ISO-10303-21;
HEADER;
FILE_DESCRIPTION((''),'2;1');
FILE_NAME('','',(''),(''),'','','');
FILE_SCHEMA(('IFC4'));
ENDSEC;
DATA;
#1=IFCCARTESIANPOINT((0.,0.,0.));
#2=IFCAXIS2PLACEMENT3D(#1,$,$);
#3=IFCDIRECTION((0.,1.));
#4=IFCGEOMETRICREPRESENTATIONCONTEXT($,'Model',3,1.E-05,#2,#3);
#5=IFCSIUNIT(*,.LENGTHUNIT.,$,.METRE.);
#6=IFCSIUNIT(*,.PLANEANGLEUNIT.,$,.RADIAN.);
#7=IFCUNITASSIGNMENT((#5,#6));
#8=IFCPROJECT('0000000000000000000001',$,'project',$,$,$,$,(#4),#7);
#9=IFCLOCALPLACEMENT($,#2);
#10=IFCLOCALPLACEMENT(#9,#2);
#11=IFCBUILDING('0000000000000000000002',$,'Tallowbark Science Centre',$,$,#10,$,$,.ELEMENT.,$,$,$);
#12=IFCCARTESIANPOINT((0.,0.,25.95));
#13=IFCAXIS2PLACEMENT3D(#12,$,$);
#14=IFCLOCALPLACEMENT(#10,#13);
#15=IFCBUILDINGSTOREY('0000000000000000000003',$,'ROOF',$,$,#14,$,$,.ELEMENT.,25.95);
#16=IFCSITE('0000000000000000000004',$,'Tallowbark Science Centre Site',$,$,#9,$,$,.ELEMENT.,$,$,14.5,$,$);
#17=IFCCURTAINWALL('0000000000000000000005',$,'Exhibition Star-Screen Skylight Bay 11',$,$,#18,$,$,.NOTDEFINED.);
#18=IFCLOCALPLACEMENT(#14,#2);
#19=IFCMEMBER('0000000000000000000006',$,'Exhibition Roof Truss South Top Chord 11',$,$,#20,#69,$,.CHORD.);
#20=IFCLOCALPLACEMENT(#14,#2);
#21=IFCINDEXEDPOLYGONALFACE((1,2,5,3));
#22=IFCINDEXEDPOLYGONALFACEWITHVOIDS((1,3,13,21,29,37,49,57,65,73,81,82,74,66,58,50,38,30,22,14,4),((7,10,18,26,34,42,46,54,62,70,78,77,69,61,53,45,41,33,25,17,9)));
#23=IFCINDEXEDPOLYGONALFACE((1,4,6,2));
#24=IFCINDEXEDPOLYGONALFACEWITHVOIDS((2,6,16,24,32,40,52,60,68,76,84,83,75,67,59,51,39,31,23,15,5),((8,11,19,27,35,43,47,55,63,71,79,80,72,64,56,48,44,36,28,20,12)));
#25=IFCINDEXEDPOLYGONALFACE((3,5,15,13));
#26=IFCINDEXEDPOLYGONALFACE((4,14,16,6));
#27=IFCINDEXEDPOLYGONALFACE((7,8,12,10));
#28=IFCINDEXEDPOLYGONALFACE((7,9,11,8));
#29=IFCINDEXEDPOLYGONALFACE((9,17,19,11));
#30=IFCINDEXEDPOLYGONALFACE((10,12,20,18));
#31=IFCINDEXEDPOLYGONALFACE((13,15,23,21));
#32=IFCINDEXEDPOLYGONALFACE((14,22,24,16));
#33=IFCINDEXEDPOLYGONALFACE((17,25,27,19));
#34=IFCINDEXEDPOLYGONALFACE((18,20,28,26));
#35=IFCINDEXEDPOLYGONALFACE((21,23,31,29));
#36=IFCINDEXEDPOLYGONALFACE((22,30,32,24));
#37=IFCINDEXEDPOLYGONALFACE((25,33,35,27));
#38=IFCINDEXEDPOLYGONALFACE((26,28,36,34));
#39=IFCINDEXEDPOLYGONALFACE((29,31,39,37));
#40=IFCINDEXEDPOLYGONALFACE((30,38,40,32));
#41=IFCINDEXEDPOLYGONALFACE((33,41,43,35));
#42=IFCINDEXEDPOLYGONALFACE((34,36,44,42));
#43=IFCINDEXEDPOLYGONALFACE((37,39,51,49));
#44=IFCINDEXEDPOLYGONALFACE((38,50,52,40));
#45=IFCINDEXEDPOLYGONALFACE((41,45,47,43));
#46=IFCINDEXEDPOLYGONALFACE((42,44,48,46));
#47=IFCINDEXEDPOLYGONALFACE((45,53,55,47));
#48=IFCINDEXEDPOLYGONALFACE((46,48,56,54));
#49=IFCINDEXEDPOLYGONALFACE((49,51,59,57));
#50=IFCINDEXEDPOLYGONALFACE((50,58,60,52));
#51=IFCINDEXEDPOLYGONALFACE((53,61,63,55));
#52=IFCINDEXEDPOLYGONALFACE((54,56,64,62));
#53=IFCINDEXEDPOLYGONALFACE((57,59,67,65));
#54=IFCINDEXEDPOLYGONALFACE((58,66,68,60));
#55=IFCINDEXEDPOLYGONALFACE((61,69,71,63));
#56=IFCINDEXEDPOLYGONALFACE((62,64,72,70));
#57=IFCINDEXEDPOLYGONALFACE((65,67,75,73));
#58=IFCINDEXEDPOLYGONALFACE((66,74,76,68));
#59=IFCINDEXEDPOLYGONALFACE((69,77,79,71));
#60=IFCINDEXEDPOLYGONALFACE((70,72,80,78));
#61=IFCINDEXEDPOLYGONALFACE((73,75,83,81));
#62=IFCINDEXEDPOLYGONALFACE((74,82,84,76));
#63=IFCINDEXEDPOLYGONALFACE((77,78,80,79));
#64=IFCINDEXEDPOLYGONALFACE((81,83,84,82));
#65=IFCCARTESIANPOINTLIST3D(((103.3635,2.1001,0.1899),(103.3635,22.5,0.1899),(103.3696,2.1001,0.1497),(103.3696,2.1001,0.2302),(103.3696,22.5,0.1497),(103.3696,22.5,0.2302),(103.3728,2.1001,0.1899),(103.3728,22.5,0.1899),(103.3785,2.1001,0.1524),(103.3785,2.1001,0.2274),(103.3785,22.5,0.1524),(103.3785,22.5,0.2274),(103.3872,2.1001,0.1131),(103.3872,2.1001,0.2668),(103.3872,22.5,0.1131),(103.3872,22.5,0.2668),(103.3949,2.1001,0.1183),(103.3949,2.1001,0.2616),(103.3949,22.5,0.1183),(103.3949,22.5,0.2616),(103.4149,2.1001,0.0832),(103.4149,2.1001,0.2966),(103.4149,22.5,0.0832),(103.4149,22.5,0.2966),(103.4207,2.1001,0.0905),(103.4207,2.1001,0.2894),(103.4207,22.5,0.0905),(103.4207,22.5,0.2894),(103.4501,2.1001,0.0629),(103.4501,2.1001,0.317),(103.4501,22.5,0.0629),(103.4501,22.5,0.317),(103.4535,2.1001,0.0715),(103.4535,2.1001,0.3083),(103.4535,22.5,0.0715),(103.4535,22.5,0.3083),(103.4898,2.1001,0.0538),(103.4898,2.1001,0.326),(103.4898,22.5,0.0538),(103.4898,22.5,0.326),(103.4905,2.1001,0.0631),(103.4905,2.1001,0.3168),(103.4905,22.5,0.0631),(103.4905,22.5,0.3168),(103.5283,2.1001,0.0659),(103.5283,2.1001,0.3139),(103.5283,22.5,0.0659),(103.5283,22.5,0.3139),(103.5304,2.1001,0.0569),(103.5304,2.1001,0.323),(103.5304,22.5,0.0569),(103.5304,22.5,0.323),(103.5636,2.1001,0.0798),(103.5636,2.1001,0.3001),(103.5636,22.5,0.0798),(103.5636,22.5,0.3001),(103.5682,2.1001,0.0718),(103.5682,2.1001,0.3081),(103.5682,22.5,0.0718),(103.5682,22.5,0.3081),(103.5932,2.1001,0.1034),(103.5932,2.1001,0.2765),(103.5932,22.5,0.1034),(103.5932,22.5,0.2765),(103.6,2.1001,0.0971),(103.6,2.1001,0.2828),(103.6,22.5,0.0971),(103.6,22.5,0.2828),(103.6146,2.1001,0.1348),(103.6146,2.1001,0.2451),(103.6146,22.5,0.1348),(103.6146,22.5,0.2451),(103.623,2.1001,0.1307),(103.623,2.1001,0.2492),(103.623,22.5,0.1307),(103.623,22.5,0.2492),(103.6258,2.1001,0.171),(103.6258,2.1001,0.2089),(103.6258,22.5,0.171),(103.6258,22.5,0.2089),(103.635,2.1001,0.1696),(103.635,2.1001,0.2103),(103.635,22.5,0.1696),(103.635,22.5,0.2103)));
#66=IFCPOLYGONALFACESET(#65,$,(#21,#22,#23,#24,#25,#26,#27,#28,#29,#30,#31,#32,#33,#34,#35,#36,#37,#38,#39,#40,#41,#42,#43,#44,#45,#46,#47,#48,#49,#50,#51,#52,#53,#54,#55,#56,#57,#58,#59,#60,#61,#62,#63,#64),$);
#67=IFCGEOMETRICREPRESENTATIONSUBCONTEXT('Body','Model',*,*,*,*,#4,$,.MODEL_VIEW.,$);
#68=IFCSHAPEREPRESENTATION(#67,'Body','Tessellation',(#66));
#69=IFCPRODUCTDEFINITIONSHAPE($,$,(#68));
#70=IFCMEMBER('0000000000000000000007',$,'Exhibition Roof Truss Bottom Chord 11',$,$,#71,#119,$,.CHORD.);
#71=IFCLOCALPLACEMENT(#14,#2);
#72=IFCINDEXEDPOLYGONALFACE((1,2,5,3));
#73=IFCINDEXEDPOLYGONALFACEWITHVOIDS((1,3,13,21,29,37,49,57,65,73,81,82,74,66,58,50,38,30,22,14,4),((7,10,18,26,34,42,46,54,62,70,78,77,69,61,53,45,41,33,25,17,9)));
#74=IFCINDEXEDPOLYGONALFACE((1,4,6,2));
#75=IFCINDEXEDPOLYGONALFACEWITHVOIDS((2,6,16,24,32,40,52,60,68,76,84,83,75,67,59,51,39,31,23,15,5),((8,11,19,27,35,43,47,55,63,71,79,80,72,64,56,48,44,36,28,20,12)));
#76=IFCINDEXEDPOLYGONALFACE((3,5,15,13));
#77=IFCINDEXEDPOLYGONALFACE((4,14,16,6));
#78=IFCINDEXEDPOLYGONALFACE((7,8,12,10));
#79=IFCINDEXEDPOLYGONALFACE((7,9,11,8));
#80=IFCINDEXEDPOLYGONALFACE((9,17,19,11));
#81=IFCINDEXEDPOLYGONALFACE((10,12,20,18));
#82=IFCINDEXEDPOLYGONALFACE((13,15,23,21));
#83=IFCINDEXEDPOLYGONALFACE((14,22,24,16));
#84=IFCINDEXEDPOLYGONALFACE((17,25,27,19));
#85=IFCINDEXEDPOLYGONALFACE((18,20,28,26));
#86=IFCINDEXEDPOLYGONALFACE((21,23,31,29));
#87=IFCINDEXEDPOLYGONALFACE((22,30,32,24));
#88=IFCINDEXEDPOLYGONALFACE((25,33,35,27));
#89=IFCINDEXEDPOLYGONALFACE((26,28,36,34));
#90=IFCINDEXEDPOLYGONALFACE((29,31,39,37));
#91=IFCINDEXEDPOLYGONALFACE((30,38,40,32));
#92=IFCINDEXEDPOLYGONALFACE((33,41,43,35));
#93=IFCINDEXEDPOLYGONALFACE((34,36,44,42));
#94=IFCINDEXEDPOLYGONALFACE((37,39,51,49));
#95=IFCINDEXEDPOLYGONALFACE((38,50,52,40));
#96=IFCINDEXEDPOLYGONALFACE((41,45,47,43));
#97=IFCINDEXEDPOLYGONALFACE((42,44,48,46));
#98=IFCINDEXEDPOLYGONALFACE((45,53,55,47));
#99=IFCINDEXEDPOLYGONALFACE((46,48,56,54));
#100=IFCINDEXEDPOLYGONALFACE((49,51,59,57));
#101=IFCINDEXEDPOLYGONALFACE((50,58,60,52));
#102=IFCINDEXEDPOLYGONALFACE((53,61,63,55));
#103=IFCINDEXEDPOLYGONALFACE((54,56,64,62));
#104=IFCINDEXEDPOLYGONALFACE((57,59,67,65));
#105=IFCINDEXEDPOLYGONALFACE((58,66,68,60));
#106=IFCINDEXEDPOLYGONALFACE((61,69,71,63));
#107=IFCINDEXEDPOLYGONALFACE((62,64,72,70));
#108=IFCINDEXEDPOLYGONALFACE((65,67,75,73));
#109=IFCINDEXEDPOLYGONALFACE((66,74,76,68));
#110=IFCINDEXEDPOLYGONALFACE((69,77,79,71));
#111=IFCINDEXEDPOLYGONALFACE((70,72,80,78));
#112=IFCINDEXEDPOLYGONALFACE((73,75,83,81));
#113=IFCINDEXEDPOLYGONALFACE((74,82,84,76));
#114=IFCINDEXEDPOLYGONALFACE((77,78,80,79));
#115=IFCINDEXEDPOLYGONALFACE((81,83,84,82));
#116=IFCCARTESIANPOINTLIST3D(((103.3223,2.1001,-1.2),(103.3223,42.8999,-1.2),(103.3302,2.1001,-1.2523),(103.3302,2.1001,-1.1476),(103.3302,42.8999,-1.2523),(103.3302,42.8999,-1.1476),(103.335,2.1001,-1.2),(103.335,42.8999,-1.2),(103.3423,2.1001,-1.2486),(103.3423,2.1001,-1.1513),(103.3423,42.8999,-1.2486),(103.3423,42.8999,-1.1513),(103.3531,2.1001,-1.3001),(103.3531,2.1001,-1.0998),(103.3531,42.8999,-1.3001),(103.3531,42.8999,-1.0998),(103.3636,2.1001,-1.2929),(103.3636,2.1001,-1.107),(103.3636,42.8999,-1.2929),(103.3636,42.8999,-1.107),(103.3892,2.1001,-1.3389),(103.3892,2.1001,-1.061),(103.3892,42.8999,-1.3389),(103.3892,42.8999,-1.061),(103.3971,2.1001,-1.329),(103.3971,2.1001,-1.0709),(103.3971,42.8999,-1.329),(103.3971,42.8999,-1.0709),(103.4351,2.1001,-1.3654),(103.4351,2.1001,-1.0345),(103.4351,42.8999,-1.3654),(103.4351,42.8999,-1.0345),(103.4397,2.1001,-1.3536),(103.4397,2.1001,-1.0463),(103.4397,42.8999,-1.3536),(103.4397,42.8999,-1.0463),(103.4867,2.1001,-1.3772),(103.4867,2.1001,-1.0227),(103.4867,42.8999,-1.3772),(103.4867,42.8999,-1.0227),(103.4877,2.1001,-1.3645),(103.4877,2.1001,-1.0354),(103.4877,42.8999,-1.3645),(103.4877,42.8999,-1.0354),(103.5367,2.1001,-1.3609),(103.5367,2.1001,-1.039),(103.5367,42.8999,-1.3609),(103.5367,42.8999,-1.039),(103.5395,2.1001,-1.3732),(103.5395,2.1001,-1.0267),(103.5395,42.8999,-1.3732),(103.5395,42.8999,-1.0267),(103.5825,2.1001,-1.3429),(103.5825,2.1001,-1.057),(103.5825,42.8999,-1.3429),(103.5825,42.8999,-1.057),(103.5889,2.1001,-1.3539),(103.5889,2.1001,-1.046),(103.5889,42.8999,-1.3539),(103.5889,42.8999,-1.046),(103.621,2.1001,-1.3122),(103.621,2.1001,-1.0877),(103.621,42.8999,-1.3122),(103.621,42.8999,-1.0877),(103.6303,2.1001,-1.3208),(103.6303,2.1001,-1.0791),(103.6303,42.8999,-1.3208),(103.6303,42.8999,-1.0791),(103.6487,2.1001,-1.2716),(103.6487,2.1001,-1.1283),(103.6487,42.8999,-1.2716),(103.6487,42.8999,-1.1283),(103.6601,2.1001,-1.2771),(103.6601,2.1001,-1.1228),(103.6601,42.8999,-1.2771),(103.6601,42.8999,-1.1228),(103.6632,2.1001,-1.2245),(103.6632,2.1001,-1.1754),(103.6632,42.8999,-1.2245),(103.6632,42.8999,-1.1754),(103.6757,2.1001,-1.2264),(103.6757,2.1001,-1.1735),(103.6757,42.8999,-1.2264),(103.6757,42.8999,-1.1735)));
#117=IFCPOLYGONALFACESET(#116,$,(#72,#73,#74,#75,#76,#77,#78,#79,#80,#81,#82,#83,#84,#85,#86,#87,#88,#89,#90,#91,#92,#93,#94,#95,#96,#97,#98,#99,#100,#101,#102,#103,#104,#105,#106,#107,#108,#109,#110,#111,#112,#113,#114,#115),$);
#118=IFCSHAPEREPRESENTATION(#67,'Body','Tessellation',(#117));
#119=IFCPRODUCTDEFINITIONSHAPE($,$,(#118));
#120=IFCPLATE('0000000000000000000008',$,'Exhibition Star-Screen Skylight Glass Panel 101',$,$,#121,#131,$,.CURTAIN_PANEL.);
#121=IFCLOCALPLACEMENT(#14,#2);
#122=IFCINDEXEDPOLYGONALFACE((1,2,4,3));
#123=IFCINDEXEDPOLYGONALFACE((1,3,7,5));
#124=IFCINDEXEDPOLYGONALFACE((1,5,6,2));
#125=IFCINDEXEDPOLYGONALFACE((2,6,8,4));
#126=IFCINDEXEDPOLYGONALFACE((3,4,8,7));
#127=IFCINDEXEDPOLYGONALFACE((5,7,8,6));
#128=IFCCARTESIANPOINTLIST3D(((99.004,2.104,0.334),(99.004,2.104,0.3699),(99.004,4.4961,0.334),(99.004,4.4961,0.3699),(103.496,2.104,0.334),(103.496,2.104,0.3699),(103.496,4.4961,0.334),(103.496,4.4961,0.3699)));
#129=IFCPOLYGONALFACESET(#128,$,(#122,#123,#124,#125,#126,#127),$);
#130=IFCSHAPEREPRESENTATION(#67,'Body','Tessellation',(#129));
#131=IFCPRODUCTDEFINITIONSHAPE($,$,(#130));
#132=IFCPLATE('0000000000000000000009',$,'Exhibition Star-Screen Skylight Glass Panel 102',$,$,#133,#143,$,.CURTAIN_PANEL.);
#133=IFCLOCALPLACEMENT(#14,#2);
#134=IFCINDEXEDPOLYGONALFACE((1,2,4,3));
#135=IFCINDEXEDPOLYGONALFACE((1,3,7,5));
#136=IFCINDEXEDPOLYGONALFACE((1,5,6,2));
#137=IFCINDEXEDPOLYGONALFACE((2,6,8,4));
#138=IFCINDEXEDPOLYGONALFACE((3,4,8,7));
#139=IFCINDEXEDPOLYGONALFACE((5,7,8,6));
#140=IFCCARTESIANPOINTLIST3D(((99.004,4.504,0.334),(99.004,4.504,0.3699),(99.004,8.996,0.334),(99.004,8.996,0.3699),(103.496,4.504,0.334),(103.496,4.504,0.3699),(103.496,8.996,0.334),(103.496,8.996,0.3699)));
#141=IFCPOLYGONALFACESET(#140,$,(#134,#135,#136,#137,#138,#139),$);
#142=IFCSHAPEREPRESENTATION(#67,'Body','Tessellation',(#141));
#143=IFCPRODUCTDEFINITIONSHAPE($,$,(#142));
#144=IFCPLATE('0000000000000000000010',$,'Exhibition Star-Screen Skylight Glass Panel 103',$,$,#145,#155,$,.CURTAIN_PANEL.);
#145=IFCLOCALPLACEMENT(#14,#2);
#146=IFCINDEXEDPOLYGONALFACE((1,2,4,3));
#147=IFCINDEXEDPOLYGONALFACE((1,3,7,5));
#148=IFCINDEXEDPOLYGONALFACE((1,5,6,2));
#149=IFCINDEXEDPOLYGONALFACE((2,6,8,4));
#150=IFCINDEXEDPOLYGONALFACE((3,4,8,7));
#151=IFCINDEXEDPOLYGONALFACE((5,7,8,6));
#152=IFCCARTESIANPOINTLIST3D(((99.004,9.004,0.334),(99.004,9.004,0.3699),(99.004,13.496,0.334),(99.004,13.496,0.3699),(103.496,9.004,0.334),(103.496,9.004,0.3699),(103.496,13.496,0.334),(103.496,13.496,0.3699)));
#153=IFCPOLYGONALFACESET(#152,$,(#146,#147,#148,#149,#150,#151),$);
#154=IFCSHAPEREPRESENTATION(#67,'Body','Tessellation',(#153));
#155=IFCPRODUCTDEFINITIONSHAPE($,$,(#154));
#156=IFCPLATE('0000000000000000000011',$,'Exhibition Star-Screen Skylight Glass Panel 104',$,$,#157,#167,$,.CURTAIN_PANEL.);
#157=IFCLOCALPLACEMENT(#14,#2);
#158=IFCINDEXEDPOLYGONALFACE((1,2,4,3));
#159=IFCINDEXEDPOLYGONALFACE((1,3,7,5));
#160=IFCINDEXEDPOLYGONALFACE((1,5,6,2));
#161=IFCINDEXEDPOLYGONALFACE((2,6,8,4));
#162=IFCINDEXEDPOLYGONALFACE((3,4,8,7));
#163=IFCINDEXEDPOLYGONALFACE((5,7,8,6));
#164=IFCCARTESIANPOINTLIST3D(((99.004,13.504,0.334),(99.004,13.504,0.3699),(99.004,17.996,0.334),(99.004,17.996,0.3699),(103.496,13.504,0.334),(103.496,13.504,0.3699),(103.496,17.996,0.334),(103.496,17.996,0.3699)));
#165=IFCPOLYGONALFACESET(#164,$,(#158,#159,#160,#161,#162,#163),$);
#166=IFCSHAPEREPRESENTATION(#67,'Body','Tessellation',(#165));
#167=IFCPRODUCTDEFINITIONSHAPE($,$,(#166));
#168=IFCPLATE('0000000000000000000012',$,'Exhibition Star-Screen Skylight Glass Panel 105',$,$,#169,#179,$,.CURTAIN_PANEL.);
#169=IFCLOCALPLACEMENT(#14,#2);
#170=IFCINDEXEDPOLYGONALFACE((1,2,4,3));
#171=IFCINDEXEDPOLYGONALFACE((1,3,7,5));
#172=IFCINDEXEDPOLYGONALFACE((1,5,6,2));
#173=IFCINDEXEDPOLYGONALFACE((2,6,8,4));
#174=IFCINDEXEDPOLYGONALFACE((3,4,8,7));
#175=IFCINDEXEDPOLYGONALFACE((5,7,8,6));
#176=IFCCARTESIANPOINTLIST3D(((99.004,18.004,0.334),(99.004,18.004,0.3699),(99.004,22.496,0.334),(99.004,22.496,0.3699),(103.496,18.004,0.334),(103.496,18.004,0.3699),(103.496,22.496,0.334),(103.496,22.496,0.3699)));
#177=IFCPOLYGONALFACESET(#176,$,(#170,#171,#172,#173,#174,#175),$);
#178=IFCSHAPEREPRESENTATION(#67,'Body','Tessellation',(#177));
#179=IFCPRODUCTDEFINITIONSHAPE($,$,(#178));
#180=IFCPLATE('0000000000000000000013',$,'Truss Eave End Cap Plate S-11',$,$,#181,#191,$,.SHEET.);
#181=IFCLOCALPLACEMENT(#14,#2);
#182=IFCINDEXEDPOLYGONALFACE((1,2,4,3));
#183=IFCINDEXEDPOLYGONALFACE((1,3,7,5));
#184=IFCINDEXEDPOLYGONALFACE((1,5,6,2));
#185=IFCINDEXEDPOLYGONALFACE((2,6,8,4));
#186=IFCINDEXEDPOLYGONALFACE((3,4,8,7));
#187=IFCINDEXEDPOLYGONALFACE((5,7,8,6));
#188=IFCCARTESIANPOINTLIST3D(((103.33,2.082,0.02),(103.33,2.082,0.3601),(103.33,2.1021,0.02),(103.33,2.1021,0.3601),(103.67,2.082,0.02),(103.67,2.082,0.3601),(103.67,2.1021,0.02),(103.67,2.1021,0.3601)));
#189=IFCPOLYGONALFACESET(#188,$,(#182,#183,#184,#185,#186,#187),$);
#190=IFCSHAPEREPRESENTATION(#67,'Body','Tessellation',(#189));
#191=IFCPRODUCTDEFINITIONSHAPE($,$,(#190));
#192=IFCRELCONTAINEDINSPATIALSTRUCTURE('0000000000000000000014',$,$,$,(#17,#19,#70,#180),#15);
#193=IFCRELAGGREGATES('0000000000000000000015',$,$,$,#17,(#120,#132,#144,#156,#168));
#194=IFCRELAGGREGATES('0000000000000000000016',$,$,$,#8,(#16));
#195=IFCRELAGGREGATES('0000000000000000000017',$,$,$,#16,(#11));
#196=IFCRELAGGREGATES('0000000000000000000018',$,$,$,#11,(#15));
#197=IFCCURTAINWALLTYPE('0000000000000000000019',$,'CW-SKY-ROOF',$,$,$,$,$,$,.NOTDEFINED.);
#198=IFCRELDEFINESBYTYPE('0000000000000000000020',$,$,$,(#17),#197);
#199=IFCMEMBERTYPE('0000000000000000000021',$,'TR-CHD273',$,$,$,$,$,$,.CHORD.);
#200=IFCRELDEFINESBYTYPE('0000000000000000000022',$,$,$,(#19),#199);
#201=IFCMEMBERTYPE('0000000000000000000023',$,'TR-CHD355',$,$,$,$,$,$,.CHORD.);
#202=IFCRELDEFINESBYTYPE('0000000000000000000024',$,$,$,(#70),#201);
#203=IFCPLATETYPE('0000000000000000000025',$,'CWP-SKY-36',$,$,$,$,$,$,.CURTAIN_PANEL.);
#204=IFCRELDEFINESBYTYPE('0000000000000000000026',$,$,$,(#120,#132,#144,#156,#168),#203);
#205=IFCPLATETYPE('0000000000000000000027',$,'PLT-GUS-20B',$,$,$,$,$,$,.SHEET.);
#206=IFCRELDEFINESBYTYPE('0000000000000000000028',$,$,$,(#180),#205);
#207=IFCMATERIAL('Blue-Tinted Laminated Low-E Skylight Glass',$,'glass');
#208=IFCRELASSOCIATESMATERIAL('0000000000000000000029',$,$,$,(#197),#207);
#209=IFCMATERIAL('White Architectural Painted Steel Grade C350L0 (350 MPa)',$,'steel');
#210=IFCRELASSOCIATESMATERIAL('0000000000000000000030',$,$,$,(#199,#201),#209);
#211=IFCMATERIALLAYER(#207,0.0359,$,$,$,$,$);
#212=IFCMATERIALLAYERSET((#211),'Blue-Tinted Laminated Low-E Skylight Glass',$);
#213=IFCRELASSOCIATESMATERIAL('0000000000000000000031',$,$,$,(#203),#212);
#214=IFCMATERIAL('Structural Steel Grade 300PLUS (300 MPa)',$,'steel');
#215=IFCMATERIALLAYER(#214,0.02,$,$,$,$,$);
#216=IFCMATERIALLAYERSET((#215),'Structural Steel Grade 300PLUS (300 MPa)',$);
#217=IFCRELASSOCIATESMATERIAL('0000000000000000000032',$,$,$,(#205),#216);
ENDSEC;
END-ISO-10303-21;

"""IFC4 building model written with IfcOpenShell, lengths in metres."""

from ifc_helpers import new_model, si_unit, direction, frame, origin, origin_2d, place, context, subcontext, project, spatial, rectangle, hollow_circle, extrude, material, layer, layer_set, material_profile, profile_set, type_object, element, aggregate, save


model = new_model("IFC4")

# Units and contexts
model_context = context("Model", 3, precision=1e-05, world=origin(), true_north=direction((0.0, 1.0)))
body_context = subcontext(model_context, "Body", "Model", "MODEL_VIEW")
ifc_project = project(units=[si_unit("LENGTHUNIT", "METRE"), si_unit("PLANEANGLEUNIT", "RADIAN")], contexts=[model_context])

# Site, building, storey
site_placement = place(None, origin())
site = spatial("IfcSite", under=ifc_project, at=site_placement, Name="Tallowbark Science Centre Site", CompositionType="ELEMENT", RefElevation=14.5)
building_placement = place(site_placement, origin())
building = spatial("IfcBuilding", under=site, at=building_placement, Name="Tallowbark Science Centre", CompositionType="ELEMENT")
storey_placement = place(building_placement, frame((0.0, 0.0, 25.95)))
storey = spatial("IfcBuildingStorey", under=building, at=storey_placement, Name="ROOF", CompositionType="ELEMENT", Elevation=25.95)

# Shared definitions
ifc_material_1 = material(Name="White Architectural Painted Steel Grade C350L0 (350 MPa)", Category="steel")

# Curtain wall
ifc_material_2 = material(Name="Blue-Tinted Laminated Low-E Skylight Glass", Category="glass")
curtain_wall_type = type_object("IfcCurtainWallType", Name="CW-SKY-ROOF", PredefinedType="NOTDEFINED", material=ifc_material_2)
curtain_wall_placement = place(storey_placement, origin())
curtain_wall = element("IfcCurtainWall", 1, at=curtain_wall_placement, inside=storey, type_object=curtain_wall_type, Name="Exhibition Star-Screen Skylight Bay 11", PredefinedType="NOTDEFINED")

# Members
ifc_material_profile_1 = material_profile(ifc_material_1, hollow_circle(Radius=0.1365, WallThickness=0.0093, at=origin_2d()), Name="273.1x9.3CHS")
ifc_profile_set_1 = profile_set([ifc_material_profile_1], Name="White Architectural Painted Steel Grade C350L0 (350 MPa)")
member_type_1 = type_object("IfcMemberType", Name="TR-CHD273", PredefinedType="CHORD", material=ifc_profile_set_1)
member_1_placement = place(storey_placement, frame((103.5, 2.1001, 0.1899), z_axis=(0.0, 1.0, 0.0), x_axis=(-1.0, 0.0, 0.0)))
element("IfcMember", 2, at=member_1_placement, inside=storey, type_object=member_type_1, Name="Exhibition Roof Truss South Top Chord 11", PredefinedType="CHORD", context=body_context, shape_type="SweptSolid", body=[
    extrude(hollow_circle(Radius=0.1365, WallThickness=0.0093, at=origin_2d()), origin(), (0.0, 0.0, 1.0), 20.3999),
])
ifc_material_profile_2 = material_profile(ifc_material_1, hollow_circle(Radius=0.1777, WallThickness=0.0127, at=origin_2d()), Name="355.6x12.7CHS")
ifc_profile_set_2 = profile_set([ifc_material_profile_2], Name="White Architectural Painted Steel Grade C350L0 (350 MPa)")
member_type_2 = type_object("IfcMemberType", Name="TR-CHD355", PredefinedType="CHORD", material=ifc_profile_set_2)
member_2_placement = place(storey_placement, frame((103.5, 2.1001, -1.2), z_axis=(0.0, 1.0, 0.0), x_axis=(-1.0, 0.0, 0.0)))
element("IfcMember", 3, at=member_2_placement, inside=storey, type_object=member_type_2, Name="Exhibition Roof Truss Bottom Chord 11", PredefinedType="CHORD", context=body_context, shape_type="SweptSolid", body=[
    extrude(hollow_circle(Radius=0.1777, WallThickness=0.0127, at=origin_2d()), origin(), (0.0, 0.0, 1.0), 40.7998),
])

# Plates
ifc_layer_1 = layer(ifc_material_2, 0.0359)
ifc_layer_set_1 = layer_set([ifc_layer_1], Name="Blue-Tinted Laminated Low-E Skylight Glass")
plate_type_1 = type_object("IfcPlateType", Name="CWP-SKY-36", PredefinedType="CURTAIN_PANEL", material=ifc_layer_set_1)
plate_1_placement = place(storey_placement, frame((101.25, 3.3, 0.334), z_axis=(0.0, 0.0, 1.0), x_axis=(1.0, 0.0, 0.0)))
plate_1 = element("IfcPlate", 4, at=plate_1_placement, type_object=plate_type_1, Name="Exhibition Star-Screen Skylight Glass Panel 101", PredefinedType="CURTAIN_PANEL", context=body_context, shape_type="SweptSolid", body=[
    extrude(rectangle(XDim=4.4919, YDim=2.3921, at=origin_2d()), origin(), (0.0, 0.0, 1.0), 0.0359),
])
plate_2_placement = place(storey_placement, frame((101.25, 6.75, 0.334), z_axis=(0.0, 0.0, 1.0), x_axis=(1.0, 0.0, 0.0)))
plate_2 = element("IfcPlate", 5, at=plate_2_placement, type_object=plate_type_1, Name="Exhibition Star-Screen Skylight Glass Panel 102", PredefinedType="CURTAIN_PANEL", context=body_context, shape_type="SweptSolid", body=[
    extrude(rectangle(XDim=4.4919, YDim=4.4919, at=origin_2d()), origin(), (0.0, 0.0, 1.0), 0.0359),
])
plate_3_placement = place(storey_placement, frame((101.25, 11.25, 0.334), z_axis=(0.0, 0.0, 1.0), x_axis=(1.0, 0.0, 0.0)))
plate_3 = element("IfcPlate", 6, at=plate_3_placement, type_object=plate_type_1, Name="Exhibition Star-Screen Skylight Glass Panel 103", PredefinedType="CURTAIN_PANEL", context=body_context, shape_type="SweptSolid", body=[
    extrude(rectangle(XDim=4.4919, YDim=4.4919, at=origin_2d()), origin(), (0.0, 0.0, 1.0), 0.0359),
])
plate_4_placement = place(storey_placement, frame((101.25, 15.75, 0.334), z_axis=(0.0, 0.0, 1.0), x_axis=(1.0, 0.0, 0.0)))
plate_4 = element("IfcPlate", 7, at=plate_4_placement, type_object=plate_type_1, Name="Exhibition Star-Screen Skylight Glass Panel 104", PredefinedType="CURTAIN_PANEL", context=body_context, shape_type="SweptSolid", body=[
    extrude(rectangle(XDim=4.4919, YDim=4.4919, at=origin_2d()), origin(), (0.0, 0.0, 1.0), 0.0359),
])
plate_5_placement = place(storey_placement, frame((101.25, 20.25, 0.334), z_axis=(0.0, 0.0, 1.0), x_axis=(1.0, 0.0, 0.0)))
plate_5 = element("IfcPlate", 8, at=plate_5_placement, type_object=plate_type_1, Name="Exhibition Star-Screen Skylight Glass Panel 105", PredefinedType="CURTAIN_PANEL", context=body_context, shape_type="SweptSolid", body=[
    extrude(rectangle(XDim=4.4919, YDim=4.4919, at=origin_2d()), origin(), (0.0, 0.0, 1.0), 0.0359),
])
aggregate(curtain_wall, [plate_1, plate_2, plate_3, plate_4, plate_5])

# Plate
ifc_material_3 = material(Name="Structural Steel Grade 300PLUS (300 MPa)", Category="steel")
ifc_layer_2 = layer(ifc_material_3, 0.02)
ifc_layer_set_2 = layer_set([ifc_layer_2], Name="Structural Steel Grade 300PLUS (300 MPa)")
plate_type_2 = type_object("IfcPlateType", Name="PLT-GUS-20B", PredefinedType="SHEET", material=ifc_layer_set_2)
plate_6_placement = place(storey_placement, frame((103.5, 2.092, 0.02), z_axis=(0.0, 0.0, 1.0), x_axis=(1.0, 0.0, 0.0)))
element("IfcPlate", 9, at=plate_6_placement, inside=storey, type_object=plate_type_2, Name="Truss Eave End Cap Plate S-11", PredefinedType="SHEET", context=body_context, shape_type="SweptSolid", body=[
    extrude(rectangle(XDim=0.3401, YDim=0.02, at=origin_2d()), origin(), (0.0, 0.0, 1.0), 0.3401),
])

save(model, "model.ifc")
